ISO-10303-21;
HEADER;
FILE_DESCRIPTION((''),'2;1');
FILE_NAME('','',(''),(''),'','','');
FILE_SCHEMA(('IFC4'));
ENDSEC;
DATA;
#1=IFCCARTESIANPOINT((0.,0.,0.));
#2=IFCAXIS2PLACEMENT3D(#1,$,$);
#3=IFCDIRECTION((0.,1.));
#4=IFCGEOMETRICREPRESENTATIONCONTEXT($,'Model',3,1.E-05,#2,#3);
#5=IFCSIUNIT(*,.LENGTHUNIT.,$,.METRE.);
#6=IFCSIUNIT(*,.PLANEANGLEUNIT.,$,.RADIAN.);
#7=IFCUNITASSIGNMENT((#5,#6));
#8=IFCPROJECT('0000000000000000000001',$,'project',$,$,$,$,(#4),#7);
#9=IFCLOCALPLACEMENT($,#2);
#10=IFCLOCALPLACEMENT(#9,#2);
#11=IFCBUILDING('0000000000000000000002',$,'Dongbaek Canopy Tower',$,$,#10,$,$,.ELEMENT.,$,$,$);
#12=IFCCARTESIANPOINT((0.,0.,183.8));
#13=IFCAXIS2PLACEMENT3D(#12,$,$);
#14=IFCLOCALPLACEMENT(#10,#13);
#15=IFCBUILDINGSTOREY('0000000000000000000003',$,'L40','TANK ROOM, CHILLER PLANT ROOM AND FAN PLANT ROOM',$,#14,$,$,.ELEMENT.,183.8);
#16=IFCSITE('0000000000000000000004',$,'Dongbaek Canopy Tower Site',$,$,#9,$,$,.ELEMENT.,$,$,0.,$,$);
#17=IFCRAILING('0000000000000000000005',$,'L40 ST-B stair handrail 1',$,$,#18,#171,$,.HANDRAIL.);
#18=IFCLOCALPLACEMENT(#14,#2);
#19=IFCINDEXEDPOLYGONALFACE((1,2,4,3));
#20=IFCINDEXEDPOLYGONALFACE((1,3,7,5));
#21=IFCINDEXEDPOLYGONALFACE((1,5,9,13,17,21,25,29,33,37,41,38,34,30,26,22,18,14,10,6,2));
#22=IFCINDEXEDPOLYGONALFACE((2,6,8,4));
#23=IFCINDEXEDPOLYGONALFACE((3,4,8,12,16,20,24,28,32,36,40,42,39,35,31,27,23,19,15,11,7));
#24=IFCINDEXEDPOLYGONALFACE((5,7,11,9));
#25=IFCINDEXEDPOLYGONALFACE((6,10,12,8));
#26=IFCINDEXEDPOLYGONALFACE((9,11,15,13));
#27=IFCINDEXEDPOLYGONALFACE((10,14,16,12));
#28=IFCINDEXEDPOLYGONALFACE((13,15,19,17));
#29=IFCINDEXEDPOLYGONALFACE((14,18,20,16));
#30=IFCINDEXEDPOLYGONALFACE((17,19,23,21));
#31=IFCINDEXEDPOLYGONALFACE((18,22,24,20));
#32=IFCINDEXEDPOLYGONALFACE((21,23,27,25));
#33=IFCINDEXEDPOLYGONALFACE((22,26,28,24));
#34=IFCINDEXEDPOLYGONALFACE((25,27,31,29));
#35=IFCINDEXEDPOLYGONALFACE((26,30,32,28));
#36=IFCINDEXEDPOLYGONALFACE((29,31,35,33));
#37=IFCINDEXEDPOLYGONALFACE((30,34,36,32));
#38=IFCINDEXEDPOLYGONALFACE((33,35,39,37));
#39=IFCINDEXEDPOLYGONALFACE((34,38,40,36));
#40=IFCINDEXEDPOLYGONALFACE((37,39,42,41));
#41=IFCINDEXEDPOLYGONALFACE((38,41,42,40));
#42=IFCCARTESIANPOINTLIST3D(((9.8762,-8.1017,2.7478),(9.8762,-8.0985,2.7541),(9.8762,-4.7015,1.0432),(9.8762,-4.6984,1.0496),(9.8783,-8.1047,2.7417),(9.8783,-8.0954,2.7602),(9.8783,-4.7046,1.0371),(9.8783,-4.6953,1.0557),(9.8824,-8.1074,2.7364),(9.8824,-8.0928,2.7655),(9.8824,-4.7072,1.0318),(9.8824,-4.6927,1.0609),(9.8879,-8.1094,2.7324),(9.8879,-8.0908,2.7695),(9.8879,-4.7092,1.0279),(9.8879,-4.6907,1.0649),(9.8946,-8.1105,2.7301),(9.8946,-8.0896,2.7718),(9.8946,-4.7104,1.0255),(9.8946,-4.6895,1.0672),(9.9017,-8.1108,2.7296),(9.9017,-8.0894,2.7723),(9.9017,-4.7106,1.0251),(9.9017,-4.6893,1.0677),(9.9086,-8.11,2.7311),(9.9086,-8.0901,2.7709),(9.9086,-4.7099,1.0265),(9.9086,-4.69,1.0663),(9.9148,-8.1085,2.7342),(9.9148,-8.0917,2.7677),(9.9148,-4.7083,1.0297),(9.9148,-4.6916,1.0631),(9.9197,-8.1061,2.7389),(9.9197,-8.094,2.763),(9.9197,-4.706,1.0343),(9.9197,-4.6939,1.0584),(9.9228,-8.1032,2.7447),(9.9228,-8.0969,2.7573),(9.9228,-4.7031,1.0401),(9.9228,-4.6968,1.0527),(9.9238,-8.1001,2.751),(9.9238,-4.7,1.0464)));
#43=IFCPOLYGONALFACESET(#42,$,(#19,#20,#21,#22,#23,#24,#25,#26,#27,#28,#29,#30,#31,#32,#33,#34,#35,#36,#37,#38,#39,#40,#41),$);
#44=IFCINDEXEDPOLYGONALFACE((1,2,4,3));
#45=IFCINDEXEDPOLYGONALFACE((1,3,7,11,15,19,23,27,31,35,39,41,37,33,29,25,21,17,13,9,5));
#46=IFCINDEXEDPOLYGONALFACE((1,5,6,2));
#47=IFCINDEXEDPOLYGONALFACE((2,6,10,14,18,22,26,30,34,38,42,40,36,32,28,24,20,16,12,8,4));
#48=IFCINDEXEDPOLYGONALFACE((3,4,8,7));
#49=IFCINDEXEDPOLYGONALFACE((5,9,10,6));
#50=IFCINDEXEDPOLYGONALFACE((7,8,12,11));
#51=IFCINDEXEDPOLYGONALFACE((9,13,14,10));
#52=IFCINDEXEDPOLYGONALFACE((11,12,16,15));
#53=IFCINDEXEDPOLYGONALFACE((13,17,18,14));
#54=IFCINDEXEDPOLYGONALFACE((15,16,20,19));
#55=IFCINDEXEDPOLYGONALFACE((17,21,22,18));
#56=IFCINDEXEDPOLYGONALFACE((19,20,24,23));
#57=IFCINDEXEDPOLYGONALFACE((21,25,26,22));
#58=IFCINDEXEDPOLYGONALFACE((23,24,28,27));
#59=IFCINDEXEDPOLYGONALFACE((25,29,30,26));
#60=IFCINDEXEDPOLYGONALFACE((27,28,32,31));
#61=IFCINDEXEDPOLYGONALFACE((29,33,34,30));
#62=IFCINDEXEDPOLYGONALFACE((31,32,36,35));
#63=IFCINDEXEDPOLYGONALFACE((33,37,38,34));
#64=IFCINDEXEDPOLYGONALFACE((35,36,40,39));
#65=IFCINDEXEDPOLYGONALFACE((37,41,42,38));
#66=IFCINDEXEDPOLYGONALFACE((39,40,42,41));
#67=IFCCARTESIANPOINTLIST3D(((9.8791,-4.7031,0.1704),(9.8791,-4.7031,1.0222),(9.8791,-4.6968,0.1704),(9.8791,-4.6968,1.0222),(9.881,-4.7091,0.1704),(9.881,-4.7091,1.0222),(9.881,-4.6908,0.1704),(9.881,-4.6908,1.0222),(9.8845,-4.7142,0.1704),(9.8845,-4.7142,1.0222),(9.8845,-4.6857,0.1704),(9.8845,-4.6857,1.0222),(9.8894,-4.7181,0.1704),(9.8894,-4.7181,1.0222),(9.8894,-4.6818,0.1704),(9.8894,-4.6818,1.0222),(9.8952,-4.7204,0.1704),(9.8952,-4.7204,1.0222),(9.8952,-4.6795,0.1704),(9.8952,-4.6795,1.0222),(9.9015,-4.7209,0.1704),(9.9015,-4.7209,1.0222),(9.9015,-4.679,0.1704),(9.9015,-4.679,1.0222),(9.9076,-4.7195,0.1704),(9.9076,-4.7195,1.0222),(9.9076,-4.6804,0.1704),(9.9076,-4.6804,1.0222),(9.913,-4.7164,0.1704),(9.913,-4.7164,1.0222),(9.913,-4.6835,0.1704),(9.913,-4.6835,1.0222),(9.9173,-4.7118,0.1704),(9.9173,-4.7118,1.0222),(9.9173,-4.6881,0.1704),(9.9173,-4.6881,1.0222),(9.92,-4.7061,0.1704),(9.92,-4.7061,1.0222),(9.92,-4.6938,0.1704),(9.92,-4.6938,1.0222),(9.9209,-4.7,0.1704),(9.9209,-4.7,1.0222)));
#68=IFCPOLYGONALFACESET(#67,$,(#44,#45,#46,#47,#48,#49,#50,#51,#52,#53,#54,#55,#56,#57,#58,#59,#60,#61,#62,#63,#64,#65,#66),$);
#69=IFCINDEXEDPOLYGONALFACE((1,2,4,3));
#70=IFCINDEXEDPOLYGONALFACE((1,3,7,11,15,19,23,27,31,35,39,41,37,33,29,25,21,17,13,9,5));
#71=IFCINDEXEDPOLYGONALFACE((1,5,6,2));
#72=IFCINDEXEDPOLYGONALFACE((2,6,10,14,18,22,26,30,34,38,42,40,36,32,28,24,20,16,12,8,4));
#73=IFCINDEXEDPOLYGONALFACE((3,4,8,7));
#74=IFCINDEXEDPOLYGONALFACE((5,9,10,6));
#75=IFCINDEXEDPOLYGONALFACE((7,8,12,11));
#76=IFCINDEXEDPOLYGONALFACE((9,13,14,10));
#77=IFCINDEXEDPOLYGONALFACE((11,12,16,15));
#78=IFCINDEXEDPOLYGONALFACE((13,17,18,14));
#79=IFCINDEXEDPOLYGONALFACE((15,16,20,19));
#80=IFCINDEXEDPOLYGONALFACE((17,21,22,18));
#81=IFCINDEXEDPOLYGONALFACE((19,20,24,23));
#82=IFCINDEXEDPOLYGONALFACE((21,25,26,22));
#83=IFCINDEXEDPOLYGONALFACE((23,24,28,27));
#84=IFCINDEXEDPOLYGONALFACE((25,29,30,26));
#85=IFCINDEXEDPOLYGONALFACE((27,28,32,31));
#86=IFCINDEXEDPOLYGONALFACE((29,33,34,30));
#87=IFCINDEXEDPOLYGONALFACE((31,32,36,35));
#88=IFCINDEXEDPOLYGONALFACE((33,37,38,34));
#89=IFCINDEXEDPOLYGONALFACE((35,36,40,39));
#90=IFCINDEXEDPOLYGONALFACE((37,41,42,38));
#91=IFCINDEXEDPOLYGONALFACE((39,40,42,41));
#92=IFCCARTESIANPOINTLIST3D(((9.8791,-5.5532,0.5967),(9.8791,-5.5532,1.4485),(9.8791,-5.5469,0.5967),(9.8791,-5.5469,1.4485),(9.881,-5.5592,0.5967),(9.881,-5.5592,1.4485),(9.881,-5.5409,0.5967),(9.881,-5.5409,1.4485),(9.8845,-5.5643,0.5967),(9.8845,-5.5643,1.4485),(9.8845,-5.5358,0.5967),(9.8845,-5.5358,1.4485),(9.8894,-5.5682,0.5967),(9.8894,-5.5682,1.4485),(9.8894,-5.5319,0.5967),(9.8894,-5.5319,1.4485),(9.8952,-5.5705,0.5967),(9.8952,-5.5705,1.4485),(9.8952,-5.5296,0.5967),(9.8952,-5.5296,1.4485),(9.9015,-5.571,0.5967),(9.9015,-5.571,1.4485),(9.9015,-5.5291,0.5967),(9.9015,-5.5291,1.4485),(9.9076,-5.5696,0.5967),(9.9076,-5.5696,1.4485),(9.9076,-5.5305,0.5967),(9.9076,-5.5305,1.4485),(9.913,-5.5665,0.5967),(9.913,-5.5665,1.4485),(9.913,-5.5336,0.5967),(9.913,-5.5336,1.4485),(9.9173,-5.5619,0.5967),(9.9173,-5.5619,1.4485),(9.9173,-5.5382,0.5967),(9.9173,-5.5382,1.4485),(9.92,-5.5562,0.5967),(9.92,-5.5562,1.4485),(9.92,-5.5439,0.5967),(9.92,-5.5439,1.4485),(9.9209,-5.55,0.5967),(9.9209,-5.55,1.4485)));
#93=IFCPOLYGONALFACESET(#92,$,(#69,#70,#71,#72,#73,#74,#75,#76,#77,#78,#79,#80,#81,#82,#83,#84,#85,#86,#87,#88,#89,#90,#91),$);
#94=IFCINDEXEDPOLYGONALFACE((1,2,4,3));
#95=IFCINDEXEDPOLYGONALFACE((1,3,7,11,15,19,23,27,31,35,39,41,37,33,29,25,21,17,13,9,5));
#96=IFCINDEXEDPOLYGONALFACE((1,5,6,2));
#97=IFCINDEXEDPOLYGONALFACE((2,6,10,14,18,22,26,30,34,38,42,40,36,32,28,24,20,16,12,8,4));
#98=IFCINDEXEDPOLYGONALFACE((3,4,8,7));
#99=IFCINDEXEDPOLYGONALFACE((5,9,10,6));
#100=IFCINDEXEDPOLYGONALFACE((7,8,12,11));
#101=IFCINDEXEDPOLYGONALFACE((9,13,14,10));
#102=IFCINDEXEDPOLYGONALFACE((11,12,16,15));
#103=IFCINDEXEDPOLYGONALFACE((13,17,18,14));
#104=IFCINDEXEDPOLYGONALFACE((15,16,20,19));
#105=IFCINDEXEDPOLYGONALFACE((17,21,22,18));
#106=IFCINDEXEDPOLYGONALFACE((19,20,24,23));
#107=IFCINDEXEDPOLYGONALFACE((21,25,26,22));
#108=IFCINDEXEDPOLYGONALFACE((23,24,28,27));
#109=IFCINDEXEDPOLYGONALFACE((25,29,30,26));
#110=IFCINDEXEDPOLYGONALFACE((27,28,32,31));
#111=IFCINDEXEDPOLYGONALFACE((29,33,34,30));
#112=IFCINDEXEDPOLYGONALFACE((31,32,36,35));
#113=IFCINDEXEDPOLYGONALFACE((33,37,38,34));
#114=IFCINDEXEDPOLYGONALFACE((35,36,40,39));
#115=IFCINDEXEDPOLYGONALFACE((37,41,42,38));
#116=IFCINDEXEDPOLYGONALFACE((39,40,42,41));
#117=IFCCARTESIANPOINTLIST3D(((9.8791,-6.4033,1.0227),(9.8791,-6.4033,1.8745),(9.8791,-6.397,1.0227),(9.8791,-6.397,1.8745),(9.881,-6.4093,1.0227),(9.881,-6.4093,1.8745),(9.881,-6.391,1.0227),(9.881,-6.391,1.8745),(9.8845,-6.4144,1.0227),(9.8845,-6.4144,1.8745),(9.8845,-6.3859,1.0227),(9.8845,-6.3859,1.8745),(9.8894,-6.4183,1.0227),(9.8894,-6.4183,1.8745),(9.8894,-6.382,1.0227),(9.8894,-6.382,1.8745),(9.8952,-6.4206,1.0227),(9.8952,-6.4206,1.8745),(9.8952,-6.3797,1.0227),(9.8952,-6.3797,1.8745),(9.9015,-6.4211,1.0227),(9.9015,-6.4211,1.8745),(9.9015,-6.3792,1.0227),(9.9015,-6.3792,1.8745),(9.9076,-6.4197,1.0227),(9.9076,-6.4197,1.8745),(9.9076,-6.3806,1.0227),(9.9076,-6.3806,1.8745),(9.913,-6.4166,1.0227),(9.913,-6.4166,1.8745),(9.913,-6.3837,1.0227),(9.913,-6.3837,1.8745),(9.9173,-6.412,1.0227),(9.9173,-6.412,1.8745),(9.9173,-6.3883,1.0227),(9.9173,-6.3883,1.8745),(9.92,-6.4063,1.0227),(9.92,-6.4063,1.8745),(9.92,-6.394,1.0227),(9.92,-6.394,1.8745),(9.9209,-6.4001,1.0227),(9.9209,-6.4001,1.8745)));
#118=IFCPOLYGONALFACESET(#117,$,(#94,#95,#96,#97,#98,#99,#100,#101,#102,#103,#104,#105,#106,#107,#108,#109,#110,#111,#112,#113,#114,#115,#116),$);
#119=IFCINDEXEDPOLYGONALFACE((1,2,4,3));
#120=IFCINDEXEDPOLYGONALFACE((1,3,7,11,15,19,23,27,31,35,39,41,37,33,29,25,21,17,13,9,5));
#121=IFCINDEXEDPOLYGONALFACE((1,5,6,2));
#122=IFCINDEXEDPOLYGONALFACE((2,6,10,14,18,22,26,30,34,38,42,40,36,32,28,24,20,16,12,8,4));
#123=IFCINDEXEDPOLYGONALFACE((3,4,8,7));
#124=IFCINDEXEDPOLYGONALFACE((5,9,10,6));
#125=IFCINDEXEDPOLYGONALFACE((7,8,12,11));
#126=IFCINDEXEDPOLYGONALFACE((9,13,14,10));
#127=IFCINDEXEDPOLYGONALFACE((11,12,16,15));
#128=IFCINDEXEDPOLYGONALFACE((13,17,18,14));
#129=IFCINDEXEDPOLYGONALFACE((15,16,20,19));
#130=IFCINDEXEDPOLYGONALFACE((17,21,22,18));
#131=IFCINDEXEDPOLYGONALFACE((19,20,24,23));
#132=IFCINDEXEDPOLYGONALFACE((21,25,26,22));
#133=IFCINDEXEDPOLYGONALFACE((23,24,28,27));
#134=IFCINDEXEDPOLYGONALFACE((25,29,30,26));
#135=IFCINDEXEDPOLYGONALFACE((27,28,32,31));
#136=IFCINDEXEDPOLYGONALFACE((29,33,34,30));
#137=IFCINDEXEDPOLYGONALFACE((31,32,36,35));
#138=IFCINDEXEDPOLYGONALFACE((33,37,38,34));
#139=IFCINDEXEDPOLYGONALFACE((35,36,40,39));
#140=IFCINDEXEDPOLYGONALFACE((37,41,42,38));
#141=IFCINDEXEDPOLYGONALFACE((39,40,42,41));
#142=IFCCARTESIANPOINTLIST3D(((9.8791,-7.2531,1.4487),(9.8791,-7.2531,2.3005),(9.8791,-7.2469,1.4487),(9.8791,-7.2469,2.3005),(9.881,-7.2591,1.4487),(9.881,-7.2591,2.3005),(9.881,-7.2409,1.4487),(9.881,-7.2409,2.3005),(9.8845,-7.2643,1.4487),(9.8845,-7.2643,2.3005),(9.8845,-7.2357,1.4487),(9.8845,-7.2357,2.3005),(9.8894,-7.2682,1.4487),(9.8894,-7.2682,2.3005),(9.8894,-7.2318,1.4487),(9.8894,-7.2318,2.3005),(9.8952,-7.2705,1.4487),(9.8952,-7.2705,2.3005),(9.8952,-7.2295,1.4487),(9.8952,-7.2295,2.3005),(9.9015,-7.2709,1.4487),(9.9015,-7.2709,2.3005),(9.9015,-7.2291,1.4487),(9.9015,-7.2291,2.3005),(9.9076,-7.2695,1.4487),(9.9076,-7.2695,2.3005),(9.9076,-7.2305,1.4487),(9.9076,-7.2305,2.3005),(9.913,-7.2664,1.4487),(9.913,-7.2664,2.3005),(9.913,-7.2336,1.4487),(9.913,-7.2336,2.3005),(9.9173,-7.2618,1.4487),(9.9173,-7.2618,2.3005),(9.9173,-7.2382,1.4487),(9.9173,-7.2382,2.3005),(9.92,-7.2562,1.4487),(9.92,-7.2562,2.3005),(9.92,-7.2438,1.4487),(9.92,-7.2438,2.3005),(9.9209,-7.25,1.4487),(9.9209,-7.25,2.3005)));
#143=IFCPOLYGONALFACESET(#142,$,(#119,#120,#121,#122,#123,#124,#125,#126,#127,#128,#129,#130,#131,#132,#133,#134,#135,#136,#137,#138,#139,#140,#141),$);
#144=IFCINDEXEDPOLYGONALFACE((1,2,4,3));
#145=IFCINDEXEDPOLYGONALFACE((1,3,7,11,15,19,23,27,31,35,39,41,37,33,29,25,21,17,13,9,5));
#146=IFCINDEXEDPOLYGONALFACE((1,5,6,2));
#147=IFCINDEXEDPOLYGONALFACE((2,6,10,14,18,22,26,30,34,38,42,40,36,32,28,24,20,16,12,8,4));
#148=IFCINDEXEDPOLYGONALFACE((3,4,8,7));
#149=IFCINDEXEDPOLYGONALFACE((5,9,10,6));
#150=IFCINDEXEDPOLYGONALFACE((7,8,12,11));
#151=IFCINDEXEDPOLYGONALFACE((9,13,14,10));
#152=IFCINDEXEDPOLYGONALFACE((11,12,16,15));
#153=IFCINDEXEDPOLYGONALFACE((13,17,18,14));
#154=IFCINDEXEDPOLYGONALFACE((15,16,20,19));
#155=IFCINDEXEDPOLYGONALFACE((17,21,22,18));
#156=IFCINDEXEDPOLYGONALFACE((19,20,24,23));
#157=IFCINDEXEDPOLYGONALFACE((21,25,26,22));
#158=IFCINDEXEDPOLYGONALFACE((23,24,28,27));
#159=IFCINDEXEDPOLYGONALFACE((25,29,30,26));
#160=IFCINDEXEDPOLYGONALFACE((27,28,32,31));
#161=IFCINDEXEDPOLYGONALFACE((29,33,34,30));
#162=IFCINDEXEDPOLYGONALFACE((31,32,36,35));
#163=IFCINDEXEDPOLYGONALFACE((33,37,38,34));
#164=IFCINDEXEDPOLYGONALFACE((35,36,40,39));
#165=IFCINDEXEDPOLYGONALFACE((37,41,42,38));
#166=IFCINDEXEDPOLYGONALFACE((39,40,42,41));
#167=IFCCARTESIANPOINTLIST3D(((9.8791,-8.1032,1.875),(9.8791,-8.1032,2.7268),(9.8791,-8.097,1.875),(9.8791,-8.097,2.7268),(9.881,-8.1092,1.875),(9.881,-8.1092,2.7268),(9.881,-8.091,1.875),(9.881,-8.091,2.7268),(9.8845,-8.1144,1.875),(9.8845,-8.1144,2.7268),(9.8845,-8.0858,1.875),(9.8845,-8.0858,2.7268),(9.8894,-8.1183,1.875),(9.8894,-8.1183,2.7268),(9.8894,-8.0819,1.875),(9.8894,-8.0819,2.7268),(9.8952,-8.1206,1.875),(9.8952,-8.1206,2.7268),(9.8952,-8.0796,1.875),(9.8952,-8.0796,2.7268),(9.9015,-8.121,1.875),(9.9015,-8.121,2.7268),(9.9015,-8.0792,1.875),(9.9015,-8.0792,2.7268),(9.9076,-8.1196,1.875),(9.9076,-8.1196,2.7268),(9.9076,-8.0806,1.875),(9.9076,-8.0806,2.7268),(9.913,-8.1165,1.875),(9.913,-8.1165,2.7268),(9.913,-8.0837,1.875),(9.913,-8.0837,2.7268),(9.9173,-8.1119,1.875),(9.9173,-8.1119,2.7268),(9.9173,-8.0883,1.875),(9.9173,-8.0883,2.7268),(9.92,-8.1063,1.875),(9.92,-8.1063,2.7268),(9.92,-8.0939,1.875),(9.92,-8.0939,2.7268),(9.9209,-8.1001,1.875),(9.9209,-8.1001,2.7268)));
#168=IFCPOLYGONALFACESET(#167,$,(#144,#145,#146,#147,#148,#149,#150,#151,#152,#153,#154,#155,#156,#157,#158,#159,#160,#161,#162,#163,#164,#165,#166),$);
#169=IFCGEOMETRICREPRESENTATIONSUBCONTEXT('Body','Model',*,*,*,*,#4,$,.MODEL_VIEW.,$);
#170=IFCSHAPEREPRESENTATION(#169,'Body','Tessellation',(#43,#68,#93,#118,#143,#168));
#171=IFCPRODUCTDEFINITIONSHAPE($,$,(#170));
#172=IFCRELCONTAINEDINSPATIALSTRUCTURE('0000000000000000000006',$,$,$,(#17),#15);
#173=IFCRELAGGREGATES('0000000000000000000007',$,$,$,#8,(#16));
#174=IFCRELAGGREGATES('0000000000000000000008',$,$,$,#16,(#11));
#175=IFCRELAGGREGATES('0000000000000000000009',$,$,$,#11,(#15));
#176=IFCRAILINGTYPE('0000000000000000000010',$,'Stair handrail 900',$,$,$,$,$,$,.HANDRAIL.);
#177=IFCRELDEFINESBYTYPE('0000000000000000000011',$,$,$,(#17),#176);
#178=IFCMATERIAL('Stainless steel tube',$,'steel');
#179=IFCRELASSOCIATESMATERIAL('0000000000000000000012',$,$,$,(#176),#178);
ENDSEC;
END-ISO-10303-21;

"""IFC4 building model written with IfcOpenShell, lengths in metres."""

from ifc_helpers import new_model, si_unit, direction, frame, origin, origin_2d, place, context, subcontext, project, spatial, circle, extrude, material, type_object, element, save


model = new_model("IFC4")

# Units and contexts
model_context = context("Model", 3, precision=1e-05, world=origin(), true_north=direction((0.0, 1.0)))
body_context = subcontext(model_context, "Body", "Model", "MODEL_VIEW")
ifc_project = project(units=[si_unit("LENGTHUNIT", "METRE"), si_unit("PLANEANGLEUNIT", "RADIAN")], contexts=[model_context])

# Site, building, storey
site_placement = place(None, origin())
site = spatial("IfcSite", under=ifc_project, at=site_placement, Name="Dongbaek Canopy Tower Site", CompositionType="ELEMENT", RefElevation=0.0)
building_placement = place(site_placement, origin())
building = spatial("IfcBuilding", under=site, at=building_placement, Name="Dongbaek Canopy Tower", CompositionType="ELEMENT")
storey_placement = place(building_placement, frame((0.0, 0.0, 183.8)))
storey = spatial("IfcBuildingStorey", under=building, at=storey_placement, Name="L40", Description="TANK ROOM, CHILLER PLANT ROOM AND FAN PLANT ROOM", CompositionType="ELEMENT", Elevation=183.8)

# Railing
ifc_material_1 = material(Name="Stainless steel tube", Category="steel")
railing_type_1 = type_object("IfcRailingType", Name="Stair handrail 900", PredefinedType="HANDRAIL", material=ifc_material_1)
for number, where, name in (
    (1, (9.8999, -4.7, 0.1704), "L40 ST-B stair handrail 1"),
):
    element("IfcRailing", number, at=place(storey_placement, frame(where)), inside=storey, type_object=railing_type_1, Name=name, PredefinedType="HANDRAIL", context=body_context, shape_type="SweptSolid", body=[
        extrude(circle(Radius=0.0239, at=origin_2d()), frame((0.0, 0.0, 0.876), z_axis=(0.0, -0.893952, 0.448163), x_axis=(1.0, 0.0, 0.0)), (0.0, 0.0, 1.0), 3.8035),
        extrude(circle(Radius=0.021, at=origin_2d()), origin(), (0.0, 0.0, 1.0), 0.8518),
        extrude(circle(Radius=0.021, at=origin_2d()), frame((0.0, -0.8501, 0.4263)), (0.0, 0.0, 1.0), 0.8518),
        extrude(circle(Radius=0.021, at=origin_2d()), frame((0.0, -1.7002, 0.8523)), (0.0, 0.0, 1.0), 0.8518),
        extrude(circle(Radius=0.021, at=origin_2d()), frame((0.0, -2.55, 1.2783)), (0.0, 0.0, 1.0), 0.8518),
        extrude(circle(Radius=0.021, at=origin_2d()), frame((0.0, -3.4001, 1.7046)), (0.0, 0.0, 1.0), 0.8518),
    ])

save(model, "model.ifc")
